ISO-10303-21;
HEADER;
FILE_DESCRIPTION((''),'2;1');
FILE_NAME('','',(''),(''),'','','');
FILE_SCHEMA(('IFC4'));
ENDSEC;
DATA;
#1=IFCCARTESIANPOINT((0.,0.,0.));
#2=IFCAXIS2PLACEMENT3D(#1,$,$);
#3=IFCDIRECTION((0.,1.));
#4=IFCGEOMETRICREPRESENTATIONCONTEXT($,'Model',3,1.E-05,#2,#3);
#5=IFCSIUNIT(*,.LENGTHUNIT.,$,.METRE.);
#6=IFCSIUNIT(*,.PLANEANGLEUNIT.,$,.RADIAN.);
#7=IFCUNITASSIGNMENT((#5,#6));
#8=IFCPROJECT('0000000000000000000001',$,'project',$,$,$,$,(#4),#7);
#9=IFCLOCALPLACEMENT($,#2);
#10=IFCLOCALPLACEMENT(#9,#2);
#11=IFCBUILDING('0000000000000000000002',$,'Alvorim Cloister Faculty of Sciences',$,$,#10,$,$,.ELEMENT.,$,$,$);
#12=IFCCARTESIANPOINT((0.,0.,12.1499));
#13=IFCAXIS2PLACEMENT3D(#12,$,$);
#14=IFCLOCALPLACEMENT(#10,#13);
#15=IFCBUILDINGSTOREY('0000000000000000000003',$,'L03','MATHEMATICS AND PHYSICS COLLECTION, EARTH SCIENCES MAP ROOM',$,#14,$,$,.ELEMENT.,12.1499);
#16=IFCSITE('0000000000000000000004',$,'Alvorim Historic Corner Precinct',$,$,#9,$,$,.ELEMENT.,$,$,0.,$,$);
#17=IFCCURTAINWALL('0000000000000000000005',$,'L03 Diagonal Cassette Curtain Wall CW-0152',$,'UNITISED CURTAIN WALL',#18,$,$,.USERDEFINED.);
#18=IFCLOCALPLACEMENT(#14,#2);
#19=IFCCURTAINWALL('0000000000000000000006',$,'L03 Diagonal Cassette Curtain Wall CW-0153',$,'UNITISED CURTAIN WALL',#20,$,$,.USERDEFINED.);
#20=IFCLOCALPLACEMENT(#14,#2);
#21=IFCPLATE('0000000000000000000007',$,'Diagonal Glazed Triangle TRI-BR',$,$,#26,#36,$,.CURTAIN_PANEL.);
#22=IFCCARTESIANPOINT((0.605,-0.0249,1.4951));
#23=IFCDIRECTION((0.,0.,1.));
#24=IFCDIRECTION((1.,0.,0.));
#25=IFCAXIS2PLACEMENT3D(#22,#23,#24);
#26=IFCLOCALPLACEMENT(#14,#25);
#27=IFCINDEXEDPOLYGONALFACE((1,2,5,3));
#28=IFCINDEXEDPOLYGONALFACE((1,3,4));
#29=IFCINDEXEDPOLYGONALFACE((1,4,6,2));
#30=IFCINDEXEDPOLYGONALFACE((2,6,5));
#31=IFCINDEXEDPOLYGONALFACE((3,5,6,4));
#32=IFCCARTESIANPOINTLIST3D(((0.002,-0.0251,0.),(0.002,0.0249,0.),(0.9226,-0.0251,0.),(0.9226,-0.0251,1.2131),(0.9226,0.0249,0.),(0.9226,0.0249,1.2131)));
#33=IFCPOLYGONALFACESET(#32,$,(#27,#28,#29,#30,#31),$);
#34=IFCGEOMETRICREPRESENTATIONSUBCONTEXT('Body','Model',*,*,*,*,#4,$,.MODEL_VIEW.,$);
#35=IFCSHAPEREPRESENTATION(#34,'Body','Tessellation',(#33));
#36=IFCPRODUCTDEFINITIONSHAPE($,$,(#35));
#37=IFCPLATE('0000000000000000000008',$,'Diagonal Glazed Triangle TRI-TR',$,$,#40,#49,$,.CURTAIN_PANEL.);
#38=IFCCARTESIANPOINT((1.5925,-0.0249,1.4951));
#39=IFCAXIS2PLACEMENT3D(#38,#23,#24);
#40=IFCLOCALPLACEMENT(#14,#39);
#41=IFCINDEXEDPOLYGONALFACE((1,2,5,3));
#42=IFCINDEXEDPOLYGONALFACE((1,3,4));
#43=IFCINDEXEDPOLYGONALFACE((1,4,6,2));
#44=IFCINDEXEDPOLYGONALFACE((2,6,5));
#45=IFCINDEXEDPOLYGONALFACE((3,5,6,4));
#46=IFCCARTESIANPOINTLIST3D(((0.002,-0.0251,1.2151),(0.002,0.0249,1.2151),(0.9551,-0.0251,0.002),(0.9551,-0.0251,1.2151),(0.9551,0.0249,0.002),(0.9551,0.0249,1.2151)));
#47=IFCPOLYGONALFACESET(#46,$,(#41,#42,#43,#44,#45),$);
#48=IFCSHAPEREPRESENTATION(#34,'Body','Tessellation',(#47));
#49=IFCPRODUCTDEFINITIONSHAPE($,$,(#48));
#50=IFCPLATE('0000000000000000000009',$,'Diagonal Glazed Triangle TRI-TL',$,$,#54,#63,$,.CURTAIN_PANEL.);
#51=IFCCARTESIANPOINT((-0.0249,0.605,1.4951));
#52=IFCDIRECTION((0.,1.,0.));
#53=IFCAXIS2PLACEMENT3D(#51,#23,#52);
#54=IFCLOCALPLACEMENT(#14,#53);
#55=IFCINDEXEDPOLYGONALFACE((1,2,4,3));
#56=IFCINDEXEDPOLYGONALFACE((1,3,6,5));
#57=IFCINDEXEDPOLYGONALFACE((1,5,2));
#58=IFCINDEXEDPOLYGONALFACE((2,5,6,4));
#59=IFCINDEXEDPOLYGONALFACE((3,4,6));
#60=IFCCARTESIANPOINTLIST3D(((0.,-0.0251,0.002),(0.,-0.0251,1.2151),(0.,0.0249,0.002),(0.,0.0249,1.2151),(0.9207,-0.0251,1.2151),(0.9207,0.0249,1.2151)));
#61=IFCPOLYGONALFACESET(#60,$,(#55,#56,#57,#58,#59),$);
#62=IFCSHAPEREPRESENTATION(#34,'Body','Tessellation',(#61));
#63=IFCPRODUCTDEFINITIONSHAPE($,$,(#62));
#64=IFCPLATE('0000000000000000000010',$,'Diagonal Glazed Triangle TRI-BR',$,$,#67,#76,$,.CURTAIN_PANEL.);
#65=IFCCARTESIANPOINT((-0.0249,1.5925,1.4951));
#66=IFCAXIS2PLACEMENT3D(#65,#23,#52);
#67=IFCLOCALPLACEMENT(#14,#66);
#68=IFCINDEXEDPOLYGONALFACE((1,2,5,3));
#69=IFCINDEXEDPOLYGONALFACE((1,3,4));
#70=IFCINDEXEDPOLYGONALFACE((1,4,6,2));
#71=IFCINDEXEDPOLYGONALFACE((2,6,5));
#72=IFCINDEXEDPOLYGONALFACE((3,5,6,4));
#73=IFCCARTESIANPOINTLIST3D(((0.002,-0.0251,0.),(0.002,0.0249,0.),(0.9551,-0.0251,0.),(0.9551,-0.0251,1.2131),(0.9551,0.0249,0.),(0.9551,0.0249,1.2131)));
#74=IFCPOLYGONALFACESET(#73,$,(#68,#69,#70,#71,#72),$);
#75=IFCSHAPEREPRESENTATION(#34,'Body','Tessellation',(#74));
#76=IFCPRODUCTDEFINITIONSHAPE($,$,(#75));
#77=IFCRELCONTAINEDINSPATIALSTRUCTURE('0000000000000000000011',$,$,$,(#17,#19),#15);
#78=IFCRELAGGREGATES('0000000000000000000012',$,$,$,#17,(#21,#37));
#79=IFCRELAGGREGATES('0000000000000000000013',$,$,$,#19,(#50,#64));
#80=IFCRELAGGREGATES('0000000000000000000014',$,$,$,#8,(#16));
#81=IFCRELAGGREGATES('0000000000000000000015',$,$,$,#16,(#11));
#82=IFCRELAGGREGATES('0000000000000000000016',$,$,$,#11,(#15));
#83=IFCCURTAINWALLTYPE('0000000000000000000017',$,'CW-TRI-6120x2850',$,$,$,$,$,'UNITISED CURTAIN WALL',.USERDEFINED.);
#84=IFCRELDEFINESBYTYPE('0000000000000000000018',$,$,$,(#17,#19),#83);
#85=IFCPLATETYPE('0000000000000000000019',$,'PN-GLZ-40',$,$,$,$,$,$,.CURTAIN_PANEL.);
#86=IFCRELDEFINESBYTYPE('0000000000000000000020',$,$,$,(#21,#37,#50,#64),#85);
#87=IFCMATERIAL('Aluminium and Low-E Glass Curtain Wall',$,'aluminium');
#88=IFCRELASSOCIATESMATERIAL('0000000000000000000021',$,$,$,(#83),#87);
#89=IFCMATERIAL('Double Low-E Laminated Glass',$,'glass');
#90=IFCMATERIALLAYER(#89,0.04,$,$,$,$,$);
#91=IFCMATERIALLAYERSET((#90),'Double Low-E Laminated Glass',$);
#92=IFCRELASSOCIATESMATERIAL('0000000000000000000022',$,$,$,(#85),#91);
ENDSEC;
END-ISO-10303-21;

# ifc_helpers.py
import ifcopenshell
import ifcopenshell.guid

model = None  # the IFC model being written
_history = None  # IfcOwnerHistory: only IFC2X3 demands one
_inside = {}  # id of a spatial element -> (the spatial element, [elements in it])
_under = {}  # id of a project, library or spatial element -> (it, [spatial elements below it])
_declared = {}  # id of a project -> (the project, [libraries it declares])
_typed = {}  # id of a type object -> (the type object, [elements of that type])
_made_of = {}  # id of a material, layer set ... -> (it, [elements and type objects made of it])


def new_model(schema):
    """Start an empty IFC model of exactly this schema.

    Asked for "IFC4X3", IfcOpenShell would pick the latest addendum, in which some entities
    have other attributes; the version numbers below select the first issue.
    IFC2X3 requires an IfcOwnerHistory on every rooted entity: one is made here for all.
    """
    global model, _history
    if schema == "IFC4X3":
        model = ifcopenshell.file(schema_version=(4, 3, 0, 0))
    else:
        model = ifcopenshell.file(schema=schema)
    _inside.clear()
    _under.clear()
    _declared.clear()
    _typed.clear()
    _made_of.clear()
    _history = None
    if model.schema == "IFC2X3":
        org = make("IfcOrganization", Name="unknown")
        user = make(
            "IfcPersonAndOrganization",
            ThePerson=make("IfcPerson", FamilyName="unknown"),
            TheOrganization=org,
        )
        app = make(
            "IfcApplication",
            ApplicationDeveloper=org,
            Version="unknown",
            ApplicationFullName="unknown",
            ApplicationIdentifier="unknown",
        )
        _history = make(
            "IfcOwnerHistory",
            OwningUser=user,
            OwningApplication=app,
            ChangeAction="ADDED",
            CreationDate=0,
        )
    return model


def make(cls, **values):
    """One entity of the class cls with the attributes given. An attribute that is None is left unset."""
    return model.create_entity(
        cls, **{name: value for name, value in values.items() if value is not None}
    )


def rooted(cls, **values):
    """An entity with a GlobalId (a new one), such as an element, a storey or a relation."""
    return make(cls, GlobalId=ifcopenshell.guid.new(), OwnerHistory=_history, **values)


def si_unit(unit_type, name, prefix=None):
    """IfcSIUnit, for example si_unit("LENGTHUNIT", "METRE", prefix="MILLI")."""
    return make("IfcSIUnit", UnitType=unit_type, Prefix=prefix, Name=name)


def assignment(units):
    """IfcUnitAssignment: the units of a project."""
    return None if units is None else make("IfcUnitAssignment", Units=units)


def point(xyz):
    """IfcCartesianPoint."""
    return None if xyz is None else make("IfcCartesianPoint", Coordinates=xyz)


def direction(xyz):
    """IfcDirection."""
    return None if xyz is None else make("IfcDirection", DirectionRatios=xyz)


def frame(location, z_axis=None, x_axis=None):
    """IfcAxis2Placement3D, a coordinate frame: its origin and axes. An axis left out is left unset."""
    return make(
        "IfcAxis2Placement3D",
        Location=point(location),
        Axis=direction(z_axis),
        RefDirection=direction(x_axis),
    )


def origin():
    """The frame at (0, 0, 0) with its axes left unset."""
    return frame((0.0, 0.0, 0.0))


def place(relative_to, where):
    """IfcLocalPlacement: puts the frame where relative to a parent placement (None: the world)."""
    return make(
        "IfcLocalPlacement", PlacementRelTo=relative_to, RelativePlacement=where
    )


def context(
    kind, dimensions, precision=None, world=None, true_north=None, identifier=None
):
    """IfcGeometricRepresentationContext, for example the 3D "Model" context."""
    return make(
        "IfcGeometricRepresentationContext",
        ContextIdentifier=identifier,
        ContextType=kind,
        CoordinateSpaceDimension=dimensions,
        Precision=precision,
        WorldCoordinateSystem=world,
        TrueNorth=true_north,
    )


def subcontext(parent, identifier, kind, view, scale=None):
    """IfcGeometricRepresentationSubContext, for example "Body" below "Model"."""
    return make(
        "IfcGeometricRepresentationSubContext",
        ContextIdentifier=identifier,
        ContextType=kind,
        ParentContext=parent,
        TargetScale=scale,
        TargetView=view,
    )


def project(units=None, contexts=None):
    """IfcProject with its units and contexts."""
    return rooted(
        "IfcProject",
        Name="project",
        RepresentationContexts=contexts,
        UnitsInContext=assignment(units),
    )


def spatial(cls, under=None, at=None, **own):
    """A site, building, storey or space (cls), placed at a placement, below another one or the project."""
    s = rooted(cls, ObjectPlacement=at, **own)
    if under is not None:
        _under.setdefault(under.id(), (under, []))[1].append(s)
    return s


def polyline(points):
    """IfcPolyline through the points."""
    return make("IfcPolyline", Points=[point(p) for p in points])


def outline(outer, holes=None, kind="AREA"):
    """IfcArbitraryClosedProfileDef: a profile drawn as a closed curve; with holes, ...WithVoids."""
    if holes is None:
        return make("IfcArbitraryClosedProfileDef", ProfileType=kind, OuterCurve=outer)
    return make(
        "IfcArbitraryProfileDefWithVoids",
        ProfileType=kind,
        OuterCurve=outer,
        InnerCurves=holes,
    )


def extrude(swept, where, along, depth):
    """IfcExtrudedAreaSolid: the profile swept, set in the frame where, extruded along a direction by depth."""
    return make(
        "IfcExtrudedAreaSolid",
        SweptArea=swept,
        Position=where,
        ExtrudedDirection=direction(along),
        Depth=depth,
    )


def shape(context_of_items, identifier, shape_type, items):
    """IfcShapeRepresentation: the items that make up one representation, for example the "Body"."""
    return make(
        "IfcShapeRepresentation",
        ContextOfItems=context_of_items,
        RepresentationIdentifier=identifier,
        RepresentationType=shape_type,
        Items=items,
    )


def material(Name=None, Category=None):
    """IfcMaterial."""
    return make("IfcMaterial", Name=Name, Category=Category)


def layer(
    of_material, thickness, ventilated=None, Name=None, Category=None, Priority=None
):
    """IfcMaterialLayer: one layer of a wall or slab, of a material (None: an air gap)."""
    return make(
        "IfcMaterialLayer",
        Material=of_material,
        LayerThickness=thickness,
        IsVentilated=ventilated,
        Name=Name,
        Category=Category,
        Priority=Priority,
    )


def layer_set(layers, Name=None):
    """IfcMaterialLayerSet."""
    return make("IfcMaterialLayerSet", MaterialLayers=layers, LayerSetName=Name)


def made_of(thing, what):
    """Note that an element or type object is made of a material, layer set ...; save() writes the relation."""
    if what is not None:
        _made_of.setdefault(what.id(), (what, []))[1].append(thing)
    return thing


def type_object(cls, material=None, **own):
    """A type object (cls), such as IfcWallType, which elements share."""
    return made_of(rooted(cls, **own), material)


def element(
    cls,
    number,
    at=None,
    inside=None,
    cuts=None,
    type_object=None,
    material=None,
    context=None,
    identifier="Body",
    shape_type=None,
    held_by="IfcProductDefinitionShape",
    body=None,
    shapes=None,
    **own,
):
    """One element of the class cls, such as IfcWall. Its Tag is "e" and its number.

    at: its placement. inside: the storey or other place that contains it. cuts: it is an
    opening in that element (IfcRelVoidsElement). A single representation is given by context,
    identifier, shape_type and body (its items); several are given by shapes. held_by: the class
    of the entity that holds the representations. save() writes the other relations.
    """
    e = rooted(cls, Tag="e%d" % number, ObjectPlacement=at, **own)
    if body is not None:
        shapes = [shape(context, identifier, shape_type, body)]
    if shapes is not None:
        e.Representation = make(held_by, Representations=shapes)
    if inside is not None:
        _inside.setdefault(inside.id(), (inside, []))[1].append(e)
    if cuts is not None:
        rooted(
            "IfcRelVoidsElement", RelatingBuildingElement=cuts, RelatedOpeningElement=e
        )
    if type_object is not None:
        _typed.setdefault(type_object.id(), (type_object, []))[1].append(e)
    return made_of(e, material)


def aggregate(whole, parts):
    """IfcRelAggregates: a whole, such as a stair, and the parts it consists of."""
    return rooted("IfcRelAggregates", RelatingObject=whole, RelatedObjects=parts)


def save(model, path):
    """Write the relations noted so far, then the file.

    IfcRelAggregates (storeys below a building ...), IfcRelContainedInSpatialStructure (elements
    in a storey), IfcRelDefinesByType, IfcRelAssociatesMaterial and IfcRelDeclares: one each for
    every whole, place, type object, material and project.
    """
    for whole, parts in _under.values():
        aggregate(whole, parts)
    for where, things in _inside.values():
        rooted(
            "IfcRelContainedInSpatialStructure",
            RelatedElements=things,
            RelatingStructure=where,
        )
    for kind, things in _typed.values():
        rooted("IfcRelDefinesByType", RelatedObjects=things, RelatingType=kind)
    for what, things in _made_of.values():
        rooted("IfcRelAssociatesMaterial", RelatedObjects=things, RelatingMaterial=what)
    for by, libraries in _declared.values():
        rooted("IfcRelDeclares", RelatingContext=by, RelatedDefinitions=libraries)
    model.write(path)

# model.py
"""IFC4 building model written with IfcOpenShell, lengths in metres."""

from ifc_helpers import new_model, si_unit, direction, frame, origin, place, context, subcontext, project, spatial, polyline, outline, extrude, material, layer, layer_set, type_object, element, aggregate, save


model = new_model("IFC4")

# Units and contexts
model_context = context("Model", 3, precision=1e-05, world=origin(), true_north=direction((0.0, 1.0)))
body_context = subcontext(model_context, "Body", "Model", "MODEL_VIEW")
ifc_project = project(units=[si_unit("LENGTHUNIT", "METRE"), si_unit("PLANEANGLEUNIT", "RADIAN")], contexts=[model_context])

# Site, building, storey
site_placement = place(None, origin())
site = spatial("IfcSite", under=ifc_project, at=site_placement, Name="Alvorim Historic Corner Precinct", CompositionType="ELEMENT", RefElevation=0.0)
building_placement = place(site_placement, origin())
building = spatial("IfcBuilding", under=site, at=building_placement, Name="Alvorim Cloister Faculty of Sciences", CompositionType="ELEMENT")
storey_placement = place(building_placement, frame((0.0, 0.0, 12.1499)))
storey = spatial("IfcBuildingStorey", under=building, at=storey_placement, Name="L03", Description="MATHEMATICS AND PHYSICS COLLECTION, EARTH SCIENCES MAP ROOM", CompositionType="ELEMENT", Elevation=12.1499)

# Curtain walls
ifc_material_1 = material(Name="Aluminium and Low-E Glass Curtain Wall", Category="aluminium")
curtain_wall_type = type_object("IfcCurtainWallType", Name="CW-TRI-6120x2850", ElementType="UNITISED CURTAIN WALL", PredefinedType="USERDEFINED", material=ifc_material_1)
curtain_wall_1_placement = place(storey_placement, origin())
curtain_wall_1 = element("IfcCurtainWall", 1, at=curtain_wall_1_placement, inside=storey, type_object=curtain_wall_type, Name="L03 Diagonal Cassette Curtain Wall CW-0152", ObjectType="UNITISED CURTAIN WALL", PredefinedType="USERDEFINED")
curtain_wall_2_placement = place(storey_placement, origin())
curtain_wall_2 = element("IfcCurtainWall", 2, at=curtain_wall_2_placement, inside=storey, type_object=curtain_wall_type, Name="L03 Diagonal Cassette Curtain Wall CW-0153", ObjectType="UNITISED CURTAIN WALL", PredefinedType="USERDEFINED")

# Plates
ifc_material_2 = material(Name="Double Low-E Laminated Glass", Category="glass")
ifc_layer_1 = layer(ifc_material_2, 0.04)
ifc_layer_set_1 = layer_set([ifc_layer_1], Name="Double Low-E Laminated Glass")
plate_type = type_object("IfcPlateType", Name="PN-GLZ-40", PredefinedType="CURTAIN_PANEL", material=ifc_layer_set_1)
plate_1_placement = place(storey_placement, frame((0.605, -0.0249, 1.4951), z_axis=(0.0, 0.0, 1.0), x_axis=(1.0, 0.0, 0.0)))
plate_1 = element("IfcPlate", 3, at=plate_1_placement, type_object=plate_type, Name="Diagonal Glazed Triangle TRI-BR", PredefinedType="CURTAIN_PANEL", context=body_context, shape_type="SweptSolid", body=[
    extrude(outline(polyline([(0.002, 0.0), (0.9226, 0.0), (0.9226, 1.2131), (0.002, 0.0)])), frame((0.0, 0.0249, 0.0), z_axis=(0.0, -1.0, 0.0), x_axis=(1.0, 0.0, 0.0)), (0.0, 0.0, 1.0), 0.05),
])
plate_2_placement = place(storey_placement, frame((1.5925, -0.0249, 1.4951), z_axis=(0.0, 0.0, 1.0), x_axis=(1.0, 0.0, 0.0)))
plate_2 = element("IfcPlate", 4, at=plate_2_placement, type_object=plate_type, Name="Diagonal Glazed Triangle TRI-TR", PredefinedType="CURTAIN_PANEL", context=body_context, shape_type="SweptSolid", body=[
    extrude(outline(polyline([(0.9551, 0.002), (0.9551, 1.2151), (0.002, 1.2151), (0.9551, 0.002)])), frame((0.0, 0.0249, 0.0), z_axis=(0.0, -1.0, 0.0), x_axis=(1.0, 0.0, 0.0)), (0.0, 0.0, 1.0), 0.05),
])
aggregate(curtain_wall_1, [plate_1, plate_2])
plate_3_placement = place(storey_placement, frame((-0.0249, 0.605, 1.4951), z_axis=(0.0, 0.0, 1.0), x_axis=(0.0, 1.0, 0.0)))
plate_3 = element("IfcPlate", 5, at=plate_3_placement, type_object=plate_type, Name="Diagonal Glazed Triangle TRI-TL", PredefinedType="CURTAIN_PANEL", context=body_context, shape_type="SweptSolid", body=[
    extrude(outline(polyline([(0.9207, 1.2151), (0.0, 1.2151), (0.0, 0.002), (0.9207, 1.2151)])), frame((0.0, 0.0249, 0.0), z_axis=(0.0, -1.0, 0.0), x_axis=(1.0, 0.0, 0.0)), (0.0, 0.0, 1.0), 0.05),
])
plate_4_placement = place(storey_placement, frame((-0.0249, 1.5925, 1.4951), z_axis=(0.0, 0.0, 1.0), x_axis=(0.0, 1.0, 0.0)))
plate_4 = element("IfcPlate", 6, at=plate_4_placement, type_object=plate_type, Name="Diagonal Glazed Triangle TRI-BR", PredefinedType="CURTAIN_PANEL", context=body_context, shape_type="SweptSolid", body=[
    extrude(outline(polyline([(0.002, 0.0), (0.9551, 0.0), (0.9551, 1.2131), (0.002, 0.0)])), frame((0.0, 0.0249, 0.0), z_axis=(0.0, -1.0, 0.0), x_axis=(1.0, 0.0, 0.0)), (0.0, 0.0, 1.0), 0.05),
])
aggregate(curtain_wall_2, [plate_3, plate_4])

save(model, "model.ifc")
